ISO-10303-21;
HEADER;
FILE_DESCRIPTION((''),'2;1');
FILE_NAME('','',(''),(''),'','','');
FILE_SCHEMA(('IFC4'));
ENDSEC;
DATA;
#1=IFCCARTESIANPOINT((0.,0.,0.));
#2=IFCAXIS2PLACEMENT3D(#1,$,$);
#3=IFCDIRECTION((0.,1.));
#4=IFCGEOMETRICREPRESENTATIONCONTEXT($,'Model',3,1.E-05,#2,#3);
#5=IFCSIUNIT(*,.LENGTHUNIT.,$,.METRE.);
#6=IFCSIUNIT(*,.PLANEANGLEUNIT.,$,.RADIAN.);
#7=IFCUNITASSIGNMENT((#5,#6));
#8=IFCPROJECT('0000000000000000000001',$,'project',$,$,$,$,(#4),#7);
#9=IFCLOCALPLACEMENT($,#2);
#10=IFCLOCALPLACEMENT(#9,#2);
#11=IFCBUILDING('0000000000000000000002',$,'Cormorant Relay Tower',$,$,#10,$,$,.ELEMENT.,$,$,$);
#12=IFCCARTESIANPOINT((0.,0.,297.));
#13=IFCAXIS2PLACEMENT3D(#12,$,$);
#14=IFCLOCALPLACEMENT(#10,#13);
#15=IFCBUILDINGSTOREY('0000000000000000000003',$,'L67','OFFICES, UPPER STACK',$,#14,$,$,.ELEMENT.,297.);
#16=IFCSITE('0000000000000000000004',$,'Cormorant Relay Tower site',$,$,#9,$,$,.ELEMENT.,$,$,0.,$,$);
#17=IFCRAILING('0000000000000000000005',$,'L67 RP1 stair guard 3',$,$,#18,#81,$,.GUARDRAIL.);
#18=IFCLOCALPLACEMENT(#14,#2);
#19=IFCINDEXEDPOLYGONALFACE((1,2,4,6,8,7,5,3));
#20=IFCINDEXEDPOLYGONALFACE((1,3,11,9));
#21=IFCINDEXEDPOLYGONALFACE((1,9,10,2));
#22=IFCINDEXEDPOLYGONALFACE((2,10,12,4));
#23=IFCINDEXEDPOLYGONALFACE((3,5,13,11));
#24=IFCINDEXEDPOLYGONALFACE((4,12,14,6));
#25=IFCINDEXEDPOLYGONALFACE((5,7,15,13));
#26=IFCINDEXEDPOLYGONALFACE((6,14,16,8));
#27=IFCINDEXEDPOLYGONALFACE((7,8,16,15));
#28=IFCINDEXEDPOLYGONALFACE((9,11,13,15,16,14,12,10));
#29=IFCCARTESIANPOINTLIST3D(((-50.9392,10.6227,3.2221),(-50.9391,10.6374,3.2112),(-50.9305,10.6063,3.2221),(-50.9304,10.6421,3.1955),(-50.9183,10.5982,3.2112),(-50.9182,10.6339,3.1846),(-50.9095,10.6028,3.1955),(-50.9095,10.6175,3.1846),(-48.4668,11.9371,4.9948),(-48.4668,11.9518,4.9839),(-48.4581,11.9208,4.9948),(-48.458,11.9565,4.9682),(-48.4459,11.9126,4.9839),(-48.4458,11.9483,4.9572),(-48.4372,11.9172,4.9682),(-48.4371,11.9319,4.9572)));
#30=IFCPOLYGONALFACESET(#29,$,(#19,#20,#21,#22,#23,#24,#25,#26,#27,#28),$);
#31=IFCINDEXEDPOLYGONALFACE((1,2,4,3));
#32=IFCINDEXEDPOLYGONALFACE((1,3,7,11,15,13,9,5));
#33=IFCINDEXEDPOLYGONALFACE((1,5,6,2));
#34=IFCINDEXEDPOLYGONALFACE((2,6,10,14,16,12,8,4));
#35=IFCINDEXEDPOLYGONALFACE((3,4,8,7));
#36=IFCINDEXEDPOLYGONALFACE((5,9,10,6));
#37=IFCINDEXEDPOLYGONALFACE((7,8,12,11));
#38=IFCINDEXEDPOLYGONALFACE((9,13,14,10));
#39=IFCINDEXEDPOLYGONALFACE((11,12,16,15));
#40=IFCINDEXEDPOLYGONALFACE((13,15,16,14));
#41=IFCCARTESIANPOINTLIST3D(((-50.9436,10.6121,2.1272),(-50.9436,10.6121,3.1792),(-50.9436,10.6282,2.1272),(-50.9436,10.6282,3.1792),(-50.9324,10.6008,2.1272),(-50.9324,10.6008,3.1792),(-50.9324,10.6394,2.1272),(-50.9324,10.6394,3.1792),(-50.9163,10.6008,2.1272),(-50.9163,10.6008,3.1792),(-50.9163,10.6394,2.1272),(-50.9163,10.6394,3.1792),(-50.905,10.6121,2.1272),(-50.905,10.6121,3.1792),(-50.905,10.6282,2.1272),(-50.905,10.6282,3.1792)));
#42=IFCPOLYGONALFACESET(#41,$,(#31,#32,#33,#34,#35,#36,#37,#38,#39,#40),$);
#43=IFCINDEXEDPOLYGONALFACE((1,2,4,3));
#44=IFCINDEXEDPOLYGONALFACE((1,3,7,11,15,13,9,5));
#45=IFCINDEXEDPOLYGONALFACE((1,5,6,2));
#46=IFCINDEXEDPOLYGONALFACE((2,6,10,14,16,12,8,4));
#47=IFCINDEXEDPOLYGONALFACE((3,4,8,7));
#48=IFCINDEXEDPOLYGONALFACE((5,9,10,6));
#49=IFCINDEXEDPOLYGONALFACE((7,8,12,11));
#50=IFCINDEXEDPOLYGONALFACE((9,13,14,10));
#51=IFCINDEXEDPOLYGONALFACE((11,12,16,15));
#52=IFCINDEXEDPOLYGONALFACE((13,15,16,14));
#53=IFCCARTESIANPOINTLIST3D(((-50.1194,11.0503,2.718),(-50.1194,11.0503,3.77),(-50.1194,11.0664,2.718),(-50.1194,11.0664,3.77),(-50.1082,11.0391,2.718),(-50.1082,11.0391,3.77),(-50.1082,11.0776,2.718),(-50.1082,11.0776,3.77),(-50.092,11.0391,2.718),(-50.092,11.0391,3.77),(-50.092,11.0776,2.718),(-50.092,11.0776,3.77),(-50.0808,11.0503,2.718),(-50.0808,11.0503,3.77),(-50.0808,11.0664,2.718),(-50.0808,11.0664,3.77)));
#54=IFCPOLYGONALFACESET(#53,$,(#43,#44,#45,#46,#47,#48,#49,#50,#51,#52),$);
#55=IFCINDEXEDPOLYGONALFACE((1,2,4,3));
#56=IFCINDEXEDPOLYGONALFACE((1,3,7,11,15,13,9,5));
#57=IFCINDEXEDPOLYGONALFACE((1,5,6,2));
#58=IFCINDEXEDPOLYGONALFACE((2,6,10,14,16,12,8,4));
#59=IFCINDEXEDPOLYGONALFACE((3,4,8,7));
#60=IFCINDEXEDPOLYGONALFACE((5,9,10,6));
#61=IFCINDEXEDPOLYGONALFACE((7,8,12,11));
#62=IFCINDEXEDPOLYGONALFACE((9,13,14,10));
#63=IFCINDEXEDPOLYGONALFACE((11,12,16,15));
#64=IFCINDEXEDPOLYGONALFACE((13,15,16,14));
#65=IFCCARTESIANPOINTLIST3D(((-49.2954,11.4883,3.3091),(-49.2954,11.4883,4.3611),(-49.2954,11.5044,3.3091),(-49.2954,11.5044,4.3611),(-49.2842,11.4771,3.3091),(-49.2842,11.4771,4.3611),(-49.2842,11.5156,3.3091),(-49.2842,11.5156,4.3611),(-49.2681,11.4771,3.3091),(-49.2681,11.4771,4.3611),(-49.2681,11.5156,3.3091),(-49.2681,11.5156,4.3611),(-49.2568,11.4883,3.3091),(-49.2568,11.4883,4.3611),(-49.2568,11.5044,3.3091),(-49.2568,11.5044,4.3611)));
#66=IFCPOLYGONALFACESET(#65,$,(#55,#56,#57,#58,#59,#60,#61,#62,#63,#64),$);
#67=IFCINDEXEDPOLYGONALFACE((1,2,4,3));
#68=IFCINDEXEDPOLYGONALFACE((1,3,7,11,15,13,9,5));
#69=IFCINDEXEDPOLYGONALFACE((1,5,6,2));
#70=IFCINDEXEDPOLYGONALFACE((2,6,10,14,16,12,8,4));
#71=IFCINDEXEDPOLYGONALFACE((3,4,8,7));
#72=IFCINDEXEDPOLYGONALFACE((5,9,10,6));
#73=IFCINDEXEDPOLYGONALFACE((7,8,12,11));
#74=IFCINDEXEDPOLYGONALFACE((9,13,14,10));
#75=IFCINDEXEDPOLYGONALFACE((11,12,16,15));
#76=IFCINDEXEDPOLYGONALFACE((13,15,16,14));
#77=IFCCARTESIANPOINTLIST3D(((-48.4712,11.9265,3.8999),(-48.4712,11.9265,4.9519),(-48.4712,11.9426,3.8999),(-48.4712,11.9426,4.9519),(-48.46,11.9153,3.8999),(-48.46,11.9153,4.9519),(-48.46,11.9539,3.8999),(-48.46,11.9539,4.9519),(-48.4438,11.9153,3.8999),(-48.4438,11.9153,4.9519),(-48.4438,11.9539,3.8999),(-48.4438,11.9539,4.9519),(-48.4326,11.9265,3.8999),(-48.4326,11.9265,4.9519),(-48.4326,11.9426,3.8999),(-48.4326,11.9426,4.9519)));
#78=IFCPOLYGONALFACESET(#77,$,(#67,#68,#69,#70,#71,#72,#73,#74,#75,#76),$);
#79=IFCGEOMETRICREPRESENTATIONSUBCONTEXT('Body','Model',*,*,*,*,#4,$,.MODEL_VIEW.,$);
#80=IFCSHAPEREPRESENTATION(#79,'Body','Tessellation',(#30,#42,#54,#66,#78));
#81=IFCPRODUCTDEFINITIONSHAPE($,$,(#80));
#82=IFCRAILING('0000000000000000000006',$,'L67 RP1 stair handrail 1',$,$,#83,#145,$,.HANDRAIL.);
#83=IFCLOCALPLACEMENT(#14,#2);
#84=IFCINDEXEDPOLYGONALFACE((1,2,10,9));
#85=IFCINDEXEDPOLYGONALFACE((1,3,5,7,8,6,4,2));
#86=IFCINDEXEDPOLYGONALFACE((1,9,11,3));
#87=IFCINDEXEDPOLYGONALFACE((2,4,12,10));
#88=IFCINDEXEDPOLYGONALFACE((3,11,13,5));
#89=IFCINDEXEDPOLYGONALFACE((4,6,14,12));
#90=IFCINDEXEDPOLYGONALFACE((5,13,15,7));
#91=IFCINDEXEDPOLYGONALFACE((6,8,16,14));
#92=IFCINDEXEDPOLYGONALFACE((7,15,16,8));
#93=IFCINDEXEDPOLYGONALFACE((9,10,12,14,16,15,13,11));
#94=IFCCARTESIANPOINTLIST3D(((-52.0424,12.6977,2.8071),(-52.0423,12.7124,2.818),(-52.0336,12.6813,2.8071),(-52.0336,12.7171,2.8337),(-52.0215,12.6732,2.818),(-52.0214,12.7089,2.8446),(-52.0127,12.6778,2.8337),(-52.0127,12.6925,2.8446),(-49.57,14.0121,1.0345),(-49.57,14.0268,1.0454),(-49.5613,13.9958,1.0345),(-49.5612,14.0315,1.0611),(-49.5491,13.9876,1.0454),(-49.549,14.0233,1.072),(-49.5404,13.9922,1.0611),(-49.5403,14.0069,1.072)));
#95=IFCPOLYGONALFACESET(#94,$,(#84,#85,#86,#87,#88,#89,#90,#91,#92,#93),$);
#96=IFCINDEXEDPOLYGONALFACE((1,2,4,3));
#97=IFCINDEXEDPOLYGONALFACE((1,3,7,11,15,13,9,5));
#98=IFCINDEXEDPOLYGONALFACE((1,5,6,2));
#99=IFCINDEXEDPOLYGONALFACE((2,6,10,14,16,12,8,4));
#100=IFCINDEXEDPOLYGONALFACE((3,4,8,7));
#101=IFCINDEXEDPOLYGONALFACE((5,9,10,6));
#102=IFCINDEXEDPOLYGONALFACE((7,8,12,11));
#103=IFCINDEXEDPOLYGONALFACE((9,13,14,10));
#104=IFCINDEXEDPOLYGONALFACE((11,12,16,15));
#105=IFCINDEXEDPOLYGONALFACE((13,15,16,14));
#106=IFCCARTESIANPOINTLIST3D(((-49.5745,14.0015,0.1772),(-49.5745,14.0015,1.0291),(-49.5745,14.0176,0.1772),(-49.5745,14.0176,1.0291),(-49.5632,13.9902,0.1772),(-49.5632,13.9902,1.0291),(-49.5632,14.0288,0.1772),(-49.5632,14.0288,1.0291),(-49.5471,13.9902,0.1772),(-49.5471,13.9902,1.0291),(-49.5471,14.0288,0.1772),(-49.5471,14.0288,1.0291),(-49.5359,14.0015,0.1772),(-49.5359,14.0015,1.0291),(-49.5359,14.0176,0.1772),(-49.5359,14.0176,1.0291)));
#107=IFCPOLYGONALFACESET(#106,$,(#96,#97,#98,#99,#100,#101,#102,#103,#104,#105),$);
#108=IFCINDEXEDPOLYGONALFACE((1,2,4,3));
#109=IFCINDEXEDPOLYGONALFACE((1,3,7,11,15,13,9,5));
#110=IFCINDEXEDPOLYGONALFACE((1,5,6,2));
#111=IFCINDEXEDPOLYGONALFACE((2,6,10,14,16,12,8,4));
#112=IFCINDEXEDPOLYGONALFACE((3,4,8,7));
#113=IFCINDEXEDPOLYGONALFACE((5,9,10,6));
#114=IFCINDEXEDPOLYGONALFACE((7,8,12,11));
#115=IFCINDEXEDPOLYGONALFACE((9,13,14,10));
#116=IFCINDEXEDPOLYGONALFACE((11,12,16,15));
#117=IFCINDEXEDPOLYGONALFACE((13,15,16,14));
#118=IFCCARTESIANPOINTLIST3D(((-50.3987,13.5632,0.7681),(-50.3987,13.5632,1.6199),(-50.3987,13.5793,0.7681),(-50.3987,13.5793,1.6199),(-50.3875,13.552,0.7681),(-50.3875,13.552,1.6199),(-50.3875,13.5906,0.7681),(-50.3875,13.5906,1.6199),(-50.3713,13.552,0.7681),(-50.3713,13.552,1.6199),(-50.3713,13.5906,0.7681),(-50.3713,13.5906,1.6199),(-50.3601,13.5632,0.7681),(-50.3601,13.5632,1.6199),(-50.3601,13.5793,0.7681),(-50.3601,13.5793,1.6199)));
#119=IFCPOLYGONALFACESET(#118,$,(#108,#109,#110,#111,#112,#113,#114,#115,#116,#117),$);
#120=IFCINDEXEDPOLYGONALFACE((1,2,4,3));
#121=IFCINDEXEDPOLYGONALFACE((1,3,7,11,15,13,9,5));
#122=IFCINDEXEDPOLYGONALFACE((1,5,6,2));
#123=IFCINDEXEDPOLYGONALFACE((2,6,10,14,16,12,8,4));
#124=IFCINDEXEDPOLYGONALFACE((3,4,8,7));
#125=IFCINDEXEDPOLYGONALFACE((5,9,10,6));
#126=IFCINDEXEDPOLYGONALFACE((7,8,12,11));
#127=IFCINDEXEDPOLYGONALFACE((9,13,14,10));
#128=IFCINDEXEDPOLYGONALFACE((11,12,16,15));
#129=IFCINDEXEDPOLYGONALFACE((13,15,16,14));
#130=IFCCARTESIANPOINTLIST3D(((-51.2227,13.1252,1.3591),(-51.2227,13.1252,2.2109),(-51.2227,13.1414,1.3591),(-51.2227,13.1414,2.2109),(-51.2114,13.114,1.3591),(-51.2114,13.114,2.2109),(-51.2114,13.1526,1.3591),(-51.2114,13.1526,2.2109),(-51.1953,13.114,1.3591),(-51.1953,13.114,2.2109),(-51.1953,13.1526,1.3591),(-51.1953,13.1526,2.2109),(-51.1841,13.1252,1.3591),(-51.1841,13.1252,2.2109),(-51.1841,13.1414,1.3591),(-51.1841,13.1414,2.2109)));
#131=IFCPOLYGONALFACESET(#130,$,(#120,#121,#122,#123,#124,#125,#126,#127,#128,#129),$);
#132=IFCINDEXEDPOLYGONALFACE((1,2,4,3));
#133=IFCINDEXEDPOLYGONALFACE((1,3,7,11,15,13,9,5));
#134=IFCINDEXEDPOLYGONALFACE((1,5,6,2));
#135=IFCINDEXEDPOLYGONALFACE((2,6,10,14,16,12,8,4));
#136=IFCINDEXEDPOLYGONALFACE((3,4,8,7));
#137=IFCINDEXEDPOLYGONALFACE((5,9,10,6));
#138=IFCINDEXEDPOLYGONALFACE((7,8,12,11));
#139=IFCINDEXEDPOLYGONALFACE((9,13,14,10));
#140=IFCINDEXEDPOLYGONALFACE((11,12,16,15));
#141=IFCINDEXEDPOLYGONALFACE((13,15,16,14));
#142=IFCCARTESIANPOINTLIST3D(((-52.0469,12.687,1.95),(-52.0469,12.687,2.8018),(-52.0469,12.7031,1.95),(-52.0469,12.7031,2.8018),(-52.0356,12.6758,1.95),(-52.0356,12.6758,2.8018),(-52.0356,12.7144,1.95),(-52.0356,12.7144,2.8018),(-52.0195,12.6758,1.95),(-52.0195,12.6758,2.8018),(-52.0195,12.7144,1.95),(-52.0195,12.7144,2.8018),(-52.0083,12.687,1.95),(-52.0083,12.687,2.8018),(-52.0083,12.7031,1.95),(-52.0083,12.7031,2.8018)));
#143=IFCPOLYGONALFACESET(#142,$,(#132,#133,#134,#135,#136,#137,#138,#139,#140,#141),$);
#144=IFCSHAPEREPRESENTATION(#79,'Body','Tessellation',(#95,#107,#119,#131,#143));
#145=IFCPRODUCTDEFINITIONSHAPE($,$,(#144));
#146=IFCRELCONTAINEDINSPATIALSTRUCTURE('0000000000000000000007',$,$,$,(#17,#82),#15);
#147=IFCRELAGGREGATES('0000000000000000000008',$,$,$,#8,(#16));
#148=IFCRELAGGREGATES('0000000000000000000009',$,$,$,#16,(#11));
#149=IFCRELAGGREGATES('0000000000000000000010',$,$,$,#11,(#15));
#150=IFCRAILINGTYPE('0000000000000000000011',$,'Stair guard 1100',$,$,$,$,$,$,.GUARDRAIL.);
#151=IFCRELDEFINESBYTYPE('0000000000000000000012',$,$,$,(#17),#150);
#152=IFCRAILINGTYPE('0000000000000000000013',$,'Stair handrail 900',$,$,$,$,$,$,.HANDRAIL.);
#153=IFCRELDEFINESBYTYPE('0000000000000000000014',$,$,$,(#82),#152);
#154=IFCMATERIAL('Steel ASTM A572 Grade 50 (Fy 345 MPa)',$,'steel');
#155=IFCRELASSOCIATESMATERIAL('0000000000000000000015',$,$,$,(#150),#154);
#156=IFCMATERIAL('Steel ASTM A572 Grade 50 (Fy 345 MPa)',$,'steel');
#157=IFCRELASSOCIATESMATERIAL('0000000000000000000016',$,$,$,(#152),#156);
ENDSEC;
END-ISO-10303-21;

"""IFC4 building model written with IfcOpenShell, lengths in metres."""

from ifc_helpers import new_model, si_unit, direction, frame, origin, place, context, subcontext, project, spatial, polyline, outline, extrude, material, type_object, element, save


model = new_model("IFC4")

# Units and contexts
model_context = context("Model", 3, precision=1e-05, world=origin(), true_north=direction((0.0, 1.0)))
body_context = subcontext(model_context, "Body", "Model", "MODEL_VIEW")
ifc_project = project(units=[si_unit("LENGTHUNIT", "METRE"), si_unit("PLANEANGLEUNIT", "RADIAN")], contexts=[model_context])

# Site, building, storey
site_placement = place(None, origin())
site = spatial("IfcSite", under=ifc_project, at=site_placement, Name="Cormorant Relay Tower site", CompositionType="ELEMENT", RefElevation=0.0)
building_placement = place(site_placement, origin())
building = spatial("IfcBuilding", under=site, at=building_placement, Name="Cormorant Relay Tower", CompositionType="ELEMENT")
storey_placement = place(building_placement, frame((0.0, 0.0, 297.0)))
storey = spatial("IfcBuildingStorey", under=building, at=storey_placement, Name="L67", Description="OFFICES, UPPER STACK", CompositionType="ELEMENT", Elevation=297.0)

# Railings
ifc_material_1 = material(Name="Steel ASTM A572 Grade 50 (Fy 345 MPa)", Category="steel")
railing_type_1 = type_object("IfcRailingType", Name="Stair guard 1100", PredefinedType="GUARDRAIL", material=ifc_material_1)
railing_1_placement = place(storey_placement, frame((-50.9243, 10.6201, 2.1272)))
element("IfcRailing", 1, at=railing_1_placement, inside=storey, type_object=railing_type_1, Name="L67 RP1 stair guard 3", PredefinedType="GUARDRAIL", context=body_context, shape_type="SweptSolid", body=[
    extrude(outline(polyline([(0.0222, 0.0093), (0.0093, 0.0222), (-0.0093, 0.0222), (-0.0222, 0.0093), (-0.0222, -0.0093), (-0.0093, -0.0222), (0.0093, -0.0222), (0.0222, -0.0093), (0.0222, 0.0093)])), frame((0.0, 0.0, 1.0762), z_axis=(0.746034, 0.396627, 0.534902), x_axis=(-0.469429, 0.88297, 0.0)), (0.0, 0.0, 1.0), 3.314),
    extrude(outline(polyline([(0.0193, 0.0081), (0.0081, 0.0193), (-0.0081, 0.0193), (-0.0193, 0.0081), (-0.0193, -0.0081), (-0.0081, -0.0193), (0.0081, -0.0193), (0.0193, -0.0081), (0.0193, 0.0081)])), origin(), (0.0, 0.0, 1.0), 1.052),
    extrude(outline(polyline([(0.0193, 0.0081), (0.0081, 0.0193), (-0.0081, 0.0193), (-0.0193, 0.0081), (-0.0193, -0.0081), (-0.0081, -0.0193), (0.0081, -0.0193), (0.0193, -0.0081), (0.0193, 0.0081)])), frame((0.8242, 0.4382, 0.5908)), (0.0, 0.0, 1.0), 1.052),
    extrude(outline(polyline([(0.0193, 0.0081), (0.0081, 0.0193), (-0.0081, 0.0193), (-0.0193, 0.0081), (-0.0193, -0.0081), (-0.0081, -0.0193), (0.0081, -0.0193), (0.0193, -0.0081), (0.0193, 0.0081)])), frame((1.6482, 0.8762, 1.1819)), (0.0, 0.0, 1.0), 1.052),
    extrude(outline(polyline([(0.0193, 0.0081), (0.0081, 0.0193), (-0.0081, 0.0193), (-0.0193, 0.0081), (-0.0193, -0.0081), (-0.0081, -0.0193), (0.0081, -0.0193), (0.0193, -0.0081), (0.0193, 0.0081)])), frame((2.4724, 1.3145, 1.7727)), (0.0, 0.0, 1.0), 1.052),
])
ifc_material_2 = material(Name="Steel ASTM A572 Grade 50 (Fy 345 MPa)", Category="steel")
railing_type_2 = type_object("IfcRailingType", Name="Stair handrail 900", PredefinedType="HANDRAIL", material=ifc_material_2)
railing_2_placement = place(storey_placement, frame((-49.5552, 14.0095, 0.1772)))
element("IfcRailing", 2, at=railing_2_placement, inside=storey, type_object=railing_type_2, Name="L67 RP1 stair handrail 1", PredefinedType="HANDRAIL", context=body_context, shape_type="SweptSolid", body=[
    extrude(outline(polyline([(0.0222, 0.0093), (0.0093, 0.0222), (-0.0093, 0.0222), (-0.0222, 0.0093), (-0.0222, -0.0093), (-0.0093, -0.0222), (0.0093, -0.0222), (0.0222, -0.0093), (0.0222, 0.0093)])), frame((0.0, 0.0, 0.876), z_axis=(-0.746034, -0.396627, 0.534902), x_axis=(0.469429, -0.88297, 0.0)), (0.0, 0.0, 1.0), 3.314),
    extrude(outline(polyline([(0.0193, 0.0081), (0.0081, 0.0193), (-0.0081, 0.0193), (-0.0193, 0.0081), (-0.0193, -0.0081), (-0.0081, -0.0193), (0.0081, -0.0193), (0.0193, -0.0081), (0.0193, 0.0081)])), origin(), (0.0, 0.0, 1.0), 0.8518),
    extrude(outline(polyline([(0.0193, 0.0081), (0.0081, 0.0193), (-0.0081, 0.0193), (-0.0193, 0.0081), (-0.0193, -0.0081), (-0.0081, -0.0193), (0.0081, -0.0193), (0.0193, -0.0081), (0.0193, 0.0081)])), frame((-0.8242, -0.4382, 0.5908)), (0.0, 0.0, 1.0), 0.8518),
    extrude(outline(polyline([(0.0193, 0.0081), (0.0081, 0.0193), (-0.0081, 0.0193), (-0.0193, 0.0081), (-0.0193, -0.0081), (-0.0081, -0.0193), (0.0081, -0.0193), (0.0193, -0.0081), (0.0193, 0.0081)])), frame((-1.6482, -0.8762, 1.1819)), (0.0, 0.0, 1.0), 0.8518),
    extrude(outline(polyline([(0.0193, 0.0081), (0.0081, 0.0193), (-0.0081, 0.0193), (-0.0193, 0.0081), (-0.0193, -0.0081), (-0.0081, -0.0193), (0.0081, -0.0193), (0.0193, -0.0081), (0.0193, 0.0081)])), frame((-2.4724, -1.3145, 1.7727)), (0.0, 0.0, 1.0), 0.8518),
])

save(model, "model.ifc")
